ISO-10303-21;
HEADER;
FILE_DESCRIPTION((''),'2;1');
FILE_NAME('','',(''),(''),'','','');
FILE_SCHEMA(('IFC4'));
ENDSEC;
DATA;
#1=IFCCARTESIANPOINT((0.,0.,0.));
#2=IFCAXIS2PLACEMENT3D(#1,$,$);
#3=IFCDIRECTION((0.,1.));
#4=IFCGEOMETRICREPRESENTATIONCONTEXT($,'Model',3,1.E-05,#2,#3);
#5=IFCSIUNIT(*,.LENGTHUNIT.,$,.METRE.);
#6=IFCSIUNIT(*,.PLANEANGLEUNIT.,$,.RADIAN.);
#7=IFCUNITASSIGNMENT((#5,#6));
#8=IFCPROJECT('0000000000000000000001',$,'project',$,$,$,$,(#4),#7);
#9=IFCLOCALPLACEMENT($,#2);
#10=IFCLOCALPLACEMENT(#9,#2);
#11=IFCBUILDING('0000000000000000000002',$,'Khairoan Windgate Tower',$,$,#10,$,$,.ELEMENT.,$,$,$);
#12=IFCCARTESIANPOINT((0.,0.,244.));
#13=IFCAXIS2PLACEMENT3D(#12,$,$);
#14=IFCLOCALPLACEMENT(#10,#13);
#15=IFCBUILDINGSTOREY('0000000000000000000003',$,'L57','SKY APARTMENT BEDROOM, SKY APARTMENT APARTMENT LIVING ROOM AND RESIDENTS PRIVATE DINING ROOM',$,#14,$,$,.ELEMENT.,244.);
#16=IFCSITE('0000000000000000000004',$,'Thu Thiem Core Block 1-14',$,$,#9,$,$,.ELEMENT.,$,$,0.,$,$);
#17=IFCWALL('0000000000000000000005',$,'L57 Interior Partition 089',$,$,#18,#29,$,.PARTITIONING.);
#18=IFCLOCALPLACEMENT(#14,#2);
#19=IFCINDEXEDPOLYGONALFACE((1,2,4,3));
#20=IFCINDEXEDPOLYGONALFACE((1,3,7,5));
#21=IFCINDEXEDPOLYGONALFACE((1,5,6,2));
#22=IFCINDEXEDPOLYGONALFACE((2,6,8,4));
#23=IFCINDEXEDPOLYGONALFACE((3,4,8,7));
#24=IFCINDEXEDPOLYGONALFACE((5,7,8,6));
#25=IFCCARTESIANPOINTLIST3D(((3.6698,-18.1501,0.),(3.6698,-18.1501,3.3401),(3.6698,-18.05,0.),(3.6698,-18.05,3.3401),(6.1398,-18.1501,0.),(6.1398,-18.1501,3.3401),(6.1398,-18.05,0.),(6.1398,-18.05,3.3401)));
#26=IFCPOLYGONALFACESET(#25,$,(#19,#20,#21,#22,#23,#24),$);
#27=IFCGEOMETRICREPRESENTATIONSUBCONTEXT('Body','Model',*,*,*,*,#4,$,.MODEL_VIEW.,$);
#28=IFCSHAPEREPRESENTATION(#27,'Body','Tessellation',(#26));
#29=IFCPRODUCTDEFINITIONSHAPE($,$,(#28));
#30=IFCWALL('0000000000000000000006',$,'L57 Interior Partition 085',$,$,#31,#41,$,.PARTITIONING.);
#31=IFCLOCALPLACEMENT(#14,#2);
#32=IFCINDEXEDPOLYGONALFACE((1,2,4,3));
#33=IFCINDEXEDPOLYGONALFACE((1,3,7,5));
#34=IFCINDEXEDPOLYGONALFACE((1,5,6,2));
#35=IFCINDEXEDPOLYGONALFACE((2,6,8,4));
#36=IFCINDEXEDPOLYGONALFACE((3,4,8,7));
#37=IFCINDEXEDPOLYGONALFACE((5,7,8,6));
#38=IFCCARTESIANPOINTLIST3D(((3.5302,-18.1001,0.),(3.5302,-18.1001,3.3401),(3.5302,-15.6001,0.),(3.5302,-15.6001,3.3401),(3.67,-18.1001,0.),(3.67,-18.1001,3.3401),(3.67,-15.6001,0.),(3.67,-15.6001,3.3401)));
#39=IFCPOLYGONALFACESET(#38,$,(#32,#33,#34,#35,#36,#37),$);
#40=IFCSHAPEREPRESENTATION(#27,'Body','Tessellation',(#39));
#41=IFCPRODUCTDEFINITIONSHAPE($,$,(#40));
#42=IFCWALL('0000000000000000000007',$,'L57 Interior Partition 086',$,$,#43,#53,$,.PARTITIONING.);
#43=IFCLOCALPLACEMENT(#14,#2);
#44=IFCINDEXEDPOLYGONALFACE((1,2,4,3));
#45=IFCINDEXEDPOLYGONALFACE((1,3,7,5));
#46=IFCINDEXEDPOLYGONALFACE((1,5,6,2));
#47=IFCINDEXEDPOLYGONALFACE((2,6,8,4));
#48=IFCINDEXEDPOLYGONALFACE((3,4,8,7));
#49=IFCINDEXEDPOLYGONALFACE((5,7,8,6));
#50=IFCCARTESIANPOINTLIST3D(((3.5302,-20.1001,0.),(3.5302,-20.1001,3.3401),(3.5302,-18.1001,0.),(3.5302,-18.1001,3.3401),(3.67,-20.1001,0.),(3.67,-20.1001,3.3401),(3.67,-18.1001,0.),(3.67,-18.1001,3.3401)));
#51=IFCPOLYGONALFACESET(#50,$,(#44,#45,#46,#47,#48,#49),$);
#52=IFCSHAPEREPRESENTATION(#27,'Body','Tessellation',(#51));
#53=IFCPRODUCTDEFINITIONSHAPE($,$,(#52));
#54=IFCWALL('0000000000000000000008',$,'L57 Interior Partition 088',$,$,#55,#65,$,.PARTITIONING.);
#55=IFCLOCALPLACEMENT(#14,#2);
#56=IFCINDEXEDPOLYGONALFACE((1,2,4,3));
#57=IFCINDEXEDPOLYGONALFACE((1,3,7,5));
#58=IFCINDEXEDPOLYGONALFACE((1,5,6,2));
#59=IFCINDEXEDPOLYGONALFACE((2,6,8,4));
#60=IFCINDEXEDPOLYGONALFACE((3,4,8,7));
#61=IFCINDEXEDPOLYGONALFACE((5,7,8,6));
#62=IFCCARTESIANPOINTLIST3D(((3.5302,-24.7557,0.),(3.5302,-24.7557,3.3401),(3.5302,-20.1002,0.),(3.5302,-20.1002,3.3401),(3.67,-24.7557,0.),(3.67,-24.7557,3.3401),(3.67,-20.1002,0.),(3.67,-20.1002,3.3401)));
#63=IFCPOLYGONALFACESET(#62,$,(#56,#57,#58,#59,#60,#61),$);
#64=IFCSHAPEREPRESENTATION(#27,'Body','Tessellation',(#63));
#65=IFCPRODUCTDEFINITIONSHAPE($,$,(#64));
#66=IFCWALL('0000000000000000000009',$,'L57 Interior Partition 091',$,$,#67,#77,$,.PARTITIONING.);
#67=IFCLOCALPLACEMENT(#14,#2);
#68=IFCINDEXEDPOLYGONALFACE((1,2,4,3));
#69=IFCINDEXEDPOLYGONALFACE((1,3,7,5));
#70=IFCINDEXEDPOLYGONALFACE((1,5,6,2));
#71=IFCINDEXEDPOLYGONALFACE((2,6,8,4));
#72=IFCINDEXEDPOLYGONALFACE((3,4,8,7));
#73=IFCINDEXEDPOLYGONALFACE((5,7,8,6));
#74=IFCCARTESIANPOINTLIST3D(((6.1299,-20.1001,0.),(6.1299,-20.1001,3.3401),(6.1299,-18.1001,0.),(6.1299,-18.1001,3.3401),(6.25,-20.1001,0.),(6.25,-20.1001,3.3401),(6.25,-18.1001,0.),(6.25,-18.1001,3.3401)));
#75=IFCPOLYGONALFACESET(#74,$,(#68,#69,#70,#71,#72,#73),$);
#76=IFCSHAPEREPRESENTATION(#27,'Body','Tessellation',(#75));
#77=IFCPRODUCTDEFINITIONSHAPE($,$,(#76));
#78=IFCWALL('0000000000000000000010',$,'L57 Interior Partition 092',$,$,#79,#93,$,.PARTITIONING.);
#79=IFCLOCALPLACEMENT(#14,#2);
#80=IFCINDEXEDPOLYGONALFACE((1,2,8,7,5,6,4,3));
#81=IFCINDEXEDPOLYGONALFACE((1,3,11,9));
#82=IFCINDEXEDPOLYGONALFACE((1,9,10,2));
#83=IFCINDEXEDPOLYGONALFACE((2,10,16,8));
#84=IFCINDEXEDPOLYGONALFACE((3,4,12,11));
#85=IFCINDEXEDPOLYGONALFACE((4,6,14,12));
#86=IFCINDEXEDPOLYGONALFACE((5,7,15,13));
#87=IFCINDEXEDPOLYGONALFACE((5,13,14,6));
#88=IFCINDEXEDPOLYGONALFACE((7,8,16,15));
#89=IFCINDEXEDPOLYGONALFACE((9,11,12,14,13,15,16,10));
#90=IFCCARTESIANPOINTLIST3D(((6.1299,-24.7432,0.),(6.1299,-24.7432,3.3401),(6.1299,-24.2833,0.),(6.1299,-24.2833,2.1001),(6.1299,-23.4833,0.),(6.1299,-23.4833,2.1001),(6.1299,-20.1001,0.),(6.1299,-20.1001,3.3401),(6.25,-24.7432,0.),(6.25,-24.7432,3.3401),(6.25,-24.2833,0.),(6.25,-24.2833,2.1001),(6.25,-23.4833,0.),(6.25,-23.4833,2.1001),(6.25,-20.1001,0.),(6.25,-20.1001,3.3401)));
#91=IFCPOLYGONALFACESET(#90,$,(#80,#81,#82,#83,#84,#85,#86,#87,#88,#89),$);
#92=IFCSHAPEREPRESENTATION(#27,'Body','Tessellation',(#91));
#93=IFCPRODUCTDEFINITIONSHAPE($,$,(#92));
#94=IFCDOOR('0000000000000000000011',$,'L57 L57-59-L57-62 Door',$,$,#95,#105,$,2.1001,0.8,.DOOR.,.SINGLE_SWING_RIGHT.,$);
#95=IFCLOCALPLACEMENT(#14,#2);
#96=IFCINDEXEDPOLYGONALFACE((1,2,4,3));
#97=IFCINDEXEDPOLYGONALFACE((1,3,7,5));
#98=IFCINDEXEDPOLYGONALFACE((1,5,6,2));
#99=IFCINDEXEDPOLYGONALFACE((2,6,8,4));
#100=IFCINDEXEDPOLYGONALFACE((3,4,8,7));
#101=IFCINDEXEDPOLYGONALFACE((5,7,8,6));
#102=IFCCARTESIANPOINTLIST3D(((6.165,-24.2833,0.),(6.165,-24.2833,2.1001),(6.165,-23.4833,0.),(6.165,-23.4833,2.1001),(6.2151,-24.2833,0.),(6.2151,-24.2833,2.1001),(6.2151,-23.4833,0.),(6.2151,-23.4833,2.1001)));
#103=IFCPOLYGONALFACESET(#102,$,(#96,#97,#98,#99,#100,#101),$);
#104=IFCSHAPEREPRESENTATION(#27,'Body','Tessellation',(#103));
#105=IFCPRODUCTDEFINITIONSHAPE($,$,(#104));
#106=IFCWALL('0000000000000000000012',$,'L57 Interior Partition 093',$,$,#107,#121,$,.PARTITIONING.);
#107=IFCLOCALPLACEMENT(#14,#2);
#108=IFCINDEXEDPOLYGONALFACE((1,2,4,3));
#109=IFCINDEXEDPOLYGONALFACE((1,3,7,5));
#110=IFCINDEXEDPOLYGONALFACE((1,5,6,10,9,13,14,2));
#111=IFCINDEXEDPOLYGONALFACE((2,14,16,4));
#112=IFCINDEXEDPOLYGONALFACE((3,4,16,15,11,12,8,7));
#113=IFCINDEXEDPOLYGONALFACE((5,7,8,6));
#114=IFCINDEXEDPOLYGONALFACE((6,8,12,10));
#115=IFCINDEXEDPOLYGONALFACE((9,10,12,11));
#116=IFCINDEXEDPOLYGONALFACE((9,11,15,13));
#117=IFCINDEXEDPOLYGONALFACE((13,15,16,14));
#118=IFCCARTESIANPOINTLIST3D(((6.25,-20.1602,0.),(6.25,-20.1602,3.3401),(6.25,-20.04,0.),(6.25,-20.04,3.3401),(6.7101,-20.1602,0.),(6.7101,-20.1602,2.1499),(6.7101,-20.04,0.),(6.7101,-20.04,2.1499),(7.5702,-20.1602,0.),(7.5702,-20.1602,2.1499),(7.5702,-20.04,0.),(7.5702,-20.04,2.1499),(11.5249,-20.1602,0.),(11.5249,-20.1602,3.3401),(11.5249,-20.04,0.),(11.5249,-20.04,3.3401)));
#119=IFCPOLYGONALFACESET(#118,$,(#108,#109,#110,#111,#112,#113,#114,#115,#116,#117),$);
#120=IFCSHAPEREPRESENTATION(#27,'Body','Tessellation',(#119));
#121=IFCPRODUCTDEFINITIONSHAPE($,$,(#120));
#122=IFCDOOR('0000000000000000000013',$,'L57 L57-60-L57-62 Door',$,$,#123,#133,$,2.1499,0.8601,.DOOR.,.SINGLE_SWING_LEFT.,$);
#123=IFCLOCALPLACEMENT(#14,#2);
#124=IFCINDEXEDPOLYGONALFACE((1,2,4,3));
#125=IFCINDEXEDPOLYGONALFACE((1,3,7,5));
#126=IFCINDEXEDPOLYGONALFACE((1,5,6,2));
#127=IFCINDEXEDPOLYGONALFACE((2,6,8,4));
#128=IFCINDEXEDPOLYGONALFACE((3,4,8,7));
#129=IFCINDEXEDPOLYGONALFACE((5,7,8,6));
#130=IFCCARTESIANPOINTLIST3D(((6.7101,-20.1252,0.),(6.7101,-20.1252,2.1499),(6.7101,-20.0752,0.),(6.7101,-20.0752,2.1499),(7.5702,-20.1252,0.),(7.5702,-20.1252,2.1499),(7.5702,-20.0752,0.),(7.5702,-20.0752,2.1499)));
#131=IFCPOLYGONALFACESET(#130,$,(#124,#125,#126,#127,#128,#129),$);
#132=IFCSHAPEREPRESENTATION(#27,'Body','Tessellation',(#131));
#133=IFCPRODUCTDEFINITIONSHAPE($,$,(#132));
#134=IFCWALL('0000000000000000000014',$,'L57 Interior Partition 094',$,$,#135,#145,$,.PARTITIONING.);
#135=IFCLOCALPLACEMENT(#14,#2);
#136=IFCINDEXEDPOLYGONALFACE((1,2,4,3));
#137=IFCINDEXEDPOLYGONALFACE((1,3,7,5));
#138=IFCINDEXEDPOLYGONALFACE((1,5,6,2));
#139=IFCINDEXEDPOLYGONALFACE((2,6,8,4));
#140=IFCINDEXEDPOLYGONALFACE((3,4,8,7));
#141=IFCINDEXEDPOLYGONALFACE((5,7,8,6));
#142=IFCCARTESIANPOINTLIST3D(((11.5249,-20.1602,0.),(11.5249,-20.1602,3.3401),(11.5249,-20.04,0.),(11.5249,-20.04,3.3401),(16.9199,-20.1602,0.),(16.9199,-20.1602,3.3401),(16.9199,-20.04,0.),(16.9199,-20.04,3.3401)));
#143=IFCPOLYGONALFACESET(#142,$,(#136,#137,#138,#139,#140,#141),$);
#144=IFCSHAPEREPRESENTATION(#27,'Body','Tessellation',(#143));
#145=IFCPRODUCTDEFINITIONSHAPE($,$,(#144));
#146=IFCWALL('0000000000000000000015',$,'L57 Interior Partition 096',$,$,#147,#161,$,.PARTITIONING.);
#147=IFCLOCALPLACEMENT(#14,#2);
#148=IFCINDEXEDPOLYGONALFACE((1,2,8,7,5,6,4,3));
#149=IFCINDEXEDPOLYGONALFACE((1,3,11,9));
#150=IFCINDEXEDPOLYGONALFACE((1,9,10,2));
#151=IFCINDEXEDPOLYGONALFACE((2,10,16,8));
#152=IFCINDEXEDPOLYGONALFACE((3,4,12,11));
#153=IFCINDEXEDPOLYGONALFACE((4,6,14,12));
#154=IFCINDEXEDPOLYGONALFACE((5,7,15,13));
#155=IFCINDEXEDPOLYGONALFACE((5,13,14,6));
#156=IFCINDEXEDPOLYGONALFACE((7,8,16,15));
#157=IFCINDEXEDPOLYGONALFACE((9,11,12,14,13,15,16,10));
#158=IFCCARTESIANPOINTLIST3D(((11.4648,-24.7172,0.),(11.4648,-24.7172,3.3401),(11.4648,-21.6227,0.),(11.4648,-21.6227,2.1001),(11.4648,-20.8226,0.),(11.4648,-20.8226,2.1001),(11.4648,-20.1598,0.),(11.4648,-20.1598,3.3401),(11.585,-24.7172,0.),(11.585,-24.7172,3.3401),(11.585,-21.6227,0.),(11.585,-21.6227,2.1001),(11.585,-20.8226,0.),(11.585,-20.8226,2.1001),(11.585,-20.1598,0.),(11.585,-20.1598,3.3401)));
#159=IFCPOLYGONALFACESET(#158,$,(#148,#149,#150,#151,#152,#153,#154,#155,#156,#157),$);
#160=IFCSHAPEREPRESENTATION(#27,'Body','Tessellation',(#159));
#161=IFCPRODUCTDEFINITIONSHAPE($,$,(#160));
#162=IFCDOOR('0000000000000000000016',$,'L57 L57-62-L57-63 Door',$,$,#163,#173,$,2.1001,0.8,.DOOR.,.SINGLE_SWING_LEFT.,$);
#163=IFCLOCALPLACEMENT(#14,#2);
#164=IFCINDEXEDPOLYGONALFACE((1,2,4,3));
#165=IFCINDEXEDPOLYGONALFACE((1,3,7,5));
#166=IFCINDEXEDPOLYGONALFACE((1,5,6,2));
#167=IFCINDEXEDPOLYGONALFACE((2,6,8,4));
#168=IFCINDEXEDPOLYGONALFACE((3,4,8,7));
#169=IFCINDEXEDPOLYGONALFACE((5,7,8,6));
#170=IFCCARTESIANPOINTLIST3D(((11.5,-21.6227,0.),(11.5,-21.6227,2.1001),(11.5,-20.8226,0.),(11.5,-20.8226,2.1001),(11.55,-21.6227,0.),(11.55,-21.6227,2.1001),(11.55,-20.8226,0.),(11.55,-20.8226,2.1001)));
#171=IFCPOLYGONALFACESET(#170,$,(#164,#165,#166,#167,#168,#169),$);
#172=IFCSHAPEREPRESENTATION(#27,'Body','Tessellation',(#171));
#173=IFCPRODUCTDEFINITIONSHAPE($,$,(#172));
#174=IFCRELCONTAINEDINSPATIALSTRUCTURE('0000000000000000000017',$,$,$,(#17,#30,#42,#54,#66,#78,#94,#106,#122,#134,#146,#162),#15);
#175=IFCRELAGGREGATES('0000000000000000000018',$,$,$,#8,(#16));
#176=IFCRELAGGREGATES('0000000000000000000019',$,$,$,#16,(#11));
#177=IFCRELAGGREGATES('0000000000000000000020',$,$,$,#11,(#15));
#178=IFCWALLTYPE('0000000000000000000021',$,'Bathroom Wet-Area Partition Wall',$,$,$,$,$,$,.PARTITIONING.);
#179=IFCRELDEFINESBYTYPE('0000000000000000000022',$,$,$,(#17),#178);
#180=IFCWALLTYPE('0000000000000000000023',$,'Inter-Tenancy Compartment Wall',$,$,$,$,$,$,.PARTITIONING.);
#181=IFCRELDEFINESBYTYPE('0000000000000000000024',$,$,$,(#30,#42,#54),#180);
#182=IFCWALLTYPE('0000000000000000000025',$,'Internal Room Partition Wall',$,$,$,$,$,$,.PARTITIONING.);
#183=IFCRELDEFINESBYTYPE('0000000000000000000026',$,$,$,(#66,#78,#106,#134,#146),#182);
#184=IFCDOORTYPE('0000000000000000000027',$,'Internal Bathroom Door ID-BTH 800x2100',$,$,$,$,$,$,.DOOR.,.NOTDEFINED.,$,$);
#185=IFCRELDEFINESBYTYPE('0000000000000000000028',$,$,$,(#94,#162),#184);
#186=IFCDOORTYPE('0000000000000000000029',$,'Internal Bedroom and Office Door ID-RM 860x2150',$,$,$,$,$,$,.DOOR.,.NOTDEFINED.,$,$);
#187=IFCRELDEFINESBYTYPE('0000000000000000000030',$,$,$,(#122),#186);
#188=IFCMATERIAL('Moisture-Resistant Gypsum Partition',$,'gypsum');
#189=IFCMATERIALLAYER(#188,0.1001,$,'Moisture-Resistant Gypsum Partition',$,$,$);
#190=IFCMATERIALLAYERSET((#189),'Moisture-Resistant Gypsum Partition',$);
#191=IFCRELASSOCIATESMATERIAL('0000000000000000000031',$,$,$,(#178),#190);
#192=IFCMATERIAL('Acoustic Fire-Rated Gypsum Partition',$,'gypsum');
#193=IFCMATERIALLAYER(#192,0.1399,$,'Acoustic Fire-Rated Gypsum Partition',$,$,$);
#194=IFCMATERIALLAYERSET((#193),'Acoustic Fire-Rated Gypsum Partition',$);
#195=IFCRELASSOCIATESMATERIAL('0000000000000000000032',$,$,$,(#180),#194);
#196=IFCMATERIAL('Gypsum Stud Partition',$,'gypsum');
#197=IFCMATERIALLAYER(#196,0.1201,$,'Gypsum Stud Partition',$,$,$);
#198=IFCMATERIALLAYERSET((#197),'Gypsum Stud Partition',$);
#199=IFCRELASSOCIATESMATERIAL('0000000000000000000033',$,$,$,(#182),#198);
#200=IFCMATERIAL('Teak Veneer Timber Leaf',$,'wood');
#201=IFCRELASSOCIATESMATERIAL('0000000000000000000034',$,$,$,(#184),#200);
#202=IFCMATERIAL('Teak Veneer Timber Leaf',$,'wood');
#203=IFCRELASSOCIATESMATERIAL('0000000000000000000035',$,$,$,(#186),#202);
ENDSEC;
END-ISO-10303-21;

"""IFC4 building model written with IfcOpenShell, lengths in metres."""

from ifc_helpers import new_model, si_unit, direction, frame, frame_2d, origin, place, context, subcontext, project, spatial, rectangle, extrude, material, layer, layer_set, type_object, element, fill, save


model = new_model("IFC4")

# Units and contexts
model_context = context("Model", 3, precision=1e-05, world=origin(), true_north=direction((0.0, 1.0)))
body_context = subcontext(model_context, "Body", "Model", "MODEL_VIEW")
ifc_project = project(units=[si_unit("LENGTHUNIT", "METRE"), si_unit("PLANEANGLEUNIT", "RADIAN")], contexts=[model_context])

# Site, building, storey
site_placement = place(None, origin())
site = spatial("IfcSite", under=ifc_project, at=site_placement, Name="Thu Thiem Core Block 1-14", CompositionType="ELEMENT", RefElevation=0.0)
building_placement = place(site_placement, origin())
building = spatial("IfcBuilding", under=site, at=building_placement, Name="Khairoan Windgate Tower", CompositionType="ELEMENT")
storey_placement = place(building_placement, frame((0.0, 0.0, 244.0)))
storey = spatial("IfcBuildingStorey", under=building, at=storey_placement, Name="L57", Description="SKY APARTMENT BEDROOM, SKY APARTMENT APARTMENT LIVING ROOM AND RESIDENTS PRIVATE DINING ROOM", CompositionType="ELEMENT", Elevation=244.0)

# Walls
ifc_material_1 = material(Name="Moisture-Resistant Gypsum Partition", Category="gypsum")
ifc_layer_1 = layer(ifc_material_1, 0.1001, Name="Moisture-Resistant Gypsum Partition")
ifc_layer_set_1 = layer_set([ifc_layer_1], Name="Moisture-Resistant Gypsum Partition")
wall_type_1 = type_object("IfcWallType", Name="Bathroom Wet-Area Partition Wall", PredefinedType="PARTITIONING", material=ifc_layer_set_1)
wall_1_placement = place(storey_placement, frame((3.6699, -18.1001, 0.0), z_axis=(0.0, 0.0, 1.0), x_axis=(1.0, 0.0, 0.0)))
element("IfcWall", 1, at=wall_1_placement, inside=storey, type_object=wall_type_1, Name="L57 Interior Partition 089", PredefinedType="PARTITIONING", context=body_context, shape_type="SweptSolid", body=[
    extrude(rectangle(XDim=2.47, YDim=0.1001, at=frame_2d((1.2349, 0.0))), origin(), (0.0, 0.0, 1.0), 3.3401),
])
ifc_material_2 = material(Name="Acoustic Fire-Rated Gypsum Partition", Category="gypsum")
ifc_layer_2 = layer(ifc_material_2, 0.1399, Name="Acoustic Fire-Rated Gypsum Partition")
ifc_layer_set_2 = layer_set([ifc_layer_2], Name="Acoustic Fire-Rated Gypsum Partition")
wall_type_2 = type_object("IfcWallType", Name="Inter-Tenancy Compartment Wall", PredefinedType="PARTITIONING", material=ifc_layer_set_2)
wall_2_placement = place(storey_placement, frame((3.6001, -18.1001, 0.0), z_axis=(0.0, 0.0, 1.0), x_axis=(0.0, 1.0, 0.0)))
element("IfcWall", 2, at=wall_2_placement, inside=storey, type_object=wall_type_2, Name="L57 Interior Partition 085", PredefinedType="PARTITIONING", context=body_context, shape_type="SweptSolid", body=[
    extrude(rectangle(XDim=2.5, YDim=0.1399, at=frame_2d((1.25, 0.0))), origin(), (0.0, 0.0, 1.0), 3.3401),
])
wall_3_placement = place(storey_placement, frame((3.6001, -20.1001, 0.0), z_axis=(0.0, 0.0, 1.0), x_axis=(0.0, 1.0, 0.0)))
element("IfcWall", 3, at=wall_3_placement, inside=storey, type_object=wall_type_2, Name="L57 Interior Partition 086", PredefinedType="PARTITIONING", context=body_context, shape_type="SweptSolid", body=[
    extrude(rectangle(XDim=2.0, YDim=0.1399, at=frame_2d((1.0, 0.0))), origin(), (0.0, 0.0, 1.0), 3.3401),
])
wall_4_placement = place(storey_placement, frame((3.6001, -24.7556, 0.0), z_axis=(0.0, 0.0, 1.0), x_axis=(0.0, 1.0, 0.0)))
element("IfcWall", 4, at=wall_4_placement, inside=storey, type_object=wall_type_2, Name="L57 Interior Partition 088", PredefinedType="PARTITIONING", context=body_context, shape_type="SweptSolid", body=[
    extrude(rectangle(XDim=4.6555, YDim=0.1399, at=frame_2d((2.3276, 0.0))), origin(), (0.0, 0.0, 1.0), 3.3401),
])
ifc_material_3 = material(Name="Gypsum Stud Partition", Category="gypsum")
ifc_layer_3 = layer(ifc_material_3, 0.1201, Name="Gypsum Stud Partition")
ifc_layer_set_3 = layer_set([ifc_layer_3], Name="Gypsum Stud Partition")
wall_type_3 = type_object("IfcWallType", Name="Internal Room Partition Wall", PredefinedType="PARTITIONING", material=ifc_layer_set_3)
wall_5_placement = place(storey_placement, frame((6.1899, -20.1001, 0.0), z_axis=(0.0, 0.0, 1.0), x_axis=(0.0, 1.0, 0.0)))
element("IfcWall", 5, at=wall_5_placement, inside=storey, type_object=wall_type_3, Name="L57 Interior Partition 091", PredefinedType="PARTITIONING", context=body_context, shape_type="SweptSolid", body=[
    extrude(rectangle(XDim=2.0, YDim=0.1201, at=frame_2d((1.0, 0.0))), origin(), (0.0, 0.0, 1.0), 3.3401),
])

# Walls, openings, doors
wall_6_placement = place(storey_placement, frame((6.1899, -24.7432, 0.0), z_axis=(0.0, 0.0, 1.0), x_axis=(0.0, 1.0, 0.0)))
wall_6 = element("IfcWall", 6, at=wall_6_placement, inside=storey, type_object=wall_type_3, Name="L57 Interior Partition 092", PredefinedType="PARTITIONING", context=body_context, shape_type="SweptSolid", body=[
    extrude(rectangle(XDim=4.6431, YDim=0.1201, at=frame_2d((2.3215, 0.0))), origin(), (0.0, 0.0, 1.0), 3.3401),
])
opening_1_placement = place(wall_6_placement, frame((0.46, 0.0, 0.0)))
opening_1 = element("IfcOpeningElement", 7, at=opening_1_placement, cuts=wall_6, PredefinedType="OPENING", context=body_context, shape_type="SweptSolid", body=[
    extrude(rectangle(XDim=0.8, YDim=2.1001, at=frame_2d((0.3999, 1.05))), frame((0.0, 0.0701, 0.0), z_axis=(0.0, -1.0, 0.0), x_axis=(1.0, 0.0, 0.0)), (0.0, 0.0, 1.0), 0.1401),
])
ifc_material_4 = material(Name="Teak Veneer Timber Leaf", Category="wood")
door_type_1 = type_object("IfcDoorType", Name="Internal Bathroom Door ID-BTH 800x2100", OperationType="NOTDEFINED", PredefinedType="DOOR", material=ifc_material_4)
door_1_placement = place(opening_1_placement, origin())
door_1 = element("IfcDoor", 8, at=door_1_placement, inside=storey, type_object=door_type_1, Name="L57 L57-59-L57-62 Door", OperationType="SINGLE_SWING_RIGHT", OverallHeight=2.1001, OverallWidth=0.8, PredefinedType="DOOR", context=body_context, shape_type="SweptSolid", body=[
    extrude(rectangle(XDim=0.8, YDim=2.1001, at=frame_2d((0.3999, 1.05))), frame((0.0, 0.0249, 0.0), z_axis=(0.0, -1.0, 0.0), x_axis=(1.0, 0.0, 0.0)), (0.0, 0.0, 1.0), 0.05),
])
fill(opening_1, door_1)
wall_7_placement = place(storey_placement, frame((6.25, -20.1001, 0.0), z_axis=(0.0, 0.0, 1.0), x_axis=(1.0, 0.0, 0.0)))
wall_7 = element("IfcWall", 9, at=wall_7_placement, inside=storey, type_object=wall_type_3, Name="L57 Interior Partition 093", PredefinedType="PARTITIONING", context=body_context, shape_type="SweptSolid", body=[
    extrude(rectangle(XDim=5.2749, YDim=0.1201, at=frame_2d((2.6375, 0.0))), origin(), (0.0, 0.0, 1.0), 3.3401),
])
opening_2_placement = place(wall_7_placement, frame((0.46, 0.0, 0.0)))
opening_2 = element("IfcOpeningElement", 10, at=opening_2_placement, cuts=wall_7, PredefinedType="OPENING", context=body_context, shape_type="SweptSolid", body=[
    extrude(rectangle(XDim=0.8601, YDim=2.1499, at=frame_2d((0.4302, 1.075))), frame((0.0, 0.0701, 0.0), z_axis=(0.0, -1.0, 0.0), x_axis=(1.0, 0.0, 0.0)), (0.0, 0.0, 1.0), 0.1401),
])
ifc_material_5 = material(Name="Teak Veneer Timber Leaf", Category="wood")
door_type_2 = type_object("IfcDoorType", Name="Internal Bedroom and Office Door ID-RM 860x2150", OperationType="NOTDEFINED", PredefinedType="DOOR", material=ifc_material_5)
door_2_placement = place(opening_2_placement, origin())
door_2 = element("IfcDoor", 11, at=door_2_placement, inside=storey, type_object=door_type_2, Name="L57 L57-60-L57-62 Door", OperationType="SINGLE_SWING_LEFT", OverallHeight=2.1499, OverallWidth=0.8601, PredefinedType="DOOR", context=body_context, shape_type="SweptSolid", body=[
    extrude(rectangle(XDim=0.8601, YDim=2.1499, at=frame_2d((0.4302, 1.075))), frame((0.0, 0.0249, 0.0), z_axis=(0.0, -1.0, 0.0), x_axis=(1.0, 0.0, 0.0)), (0.0, 0.0, 1.0), 0.05),
])
fill(opening_2, door_2)

# Wall
wall_8_placement = place(storey_placement, frame((11.5249, -20.1001, 0.0), z_axis=(0.0, 0.0, 1.0), x_axis=(1.0, 0.0, 0.0)))
element("IfcWall", 12, at=wall_8_placement, inside=storey, type_object=wall_type_3, Name="L57 Interior Partition 094", PredefinedType="PARTITIONING", context=body_context, shape_type="SweptSolid", body=[
    extrude(rectangle(XDim=5.395, YDim=0.1201, at=frame_2d((2.6975, 0.0))), origin(), (0.0, 0.0, 1.0), 3.3401),
])

# Wall, opening, door
wall_9_placement = place(storey_placement, frame((11.5249, -24.7173, 0.0), z_axis=(0.0, 0.0, 1.0), x_axis=(0.0, 1.0, 0.0)))
wall_9 = element("IfcWall", 13, at=wall_9_placement, inside=storey, type_object=wall_type_3, Name="L57 Interior Partition 096", PredefinedType="PARTITIONING", context=body_context, shape_type="SweptSolid", body=[
    extrude(rectangle(XDim=4.5574, YDim=0.1201, at=frame_2d((2.2788, 0.0))), origin(), (0.0, 0.0, 1.0), 3.3401),
])
opening_3_placement = place(wall_9_placement, frame((3.0947, 0.0, 0.0)))
opening_3 = element("IfcOpeningElement", 14, at=opening_3_placement, cuts=wall_9, PredefinedType="OPENING", context=body_context, shape_type="SweptSolid", body=[
    extrude(rectangle(XDim=0.8, YDim=2.1001, at=frame_2d((0.3999, 1.05))), frame((0.0, 0.0701, 0.0), z_axis=(0.0, -1.0, 0.0), x_axis=(1.0, 0.0, 0.0)), (0.0, 0.0, 1.0), 0.1401),
])
door_3_placement = place(opening_3_placement, origin())
door_3 = element("IfcDoor", 15, at=door_3_placement, inside=storey, type_object=door_type_1, Name="L57 L57-62-L57-63 Door", OperationType="SINGLE_SWING_LEFT", OverallHeight=2.1001, OverallWidth=0.8, PredefinedType="DOOR", context=body_context, shape_type="SweptSolid", body=[
    extrude(rectangle(XDim=0.8, YDim=2.1001, at=frame_2d((0.3999, 1.05))), frame((0.0, 0.0249, 0.0), z_axis=(0.0, -1.0, 0.0), x_axis=(1.0, 0.0, 0.0)), (0.0, 0.0, 1.0), 0.05),
])
fill(opening_3, door_3)

save(model, "model.ifc")
